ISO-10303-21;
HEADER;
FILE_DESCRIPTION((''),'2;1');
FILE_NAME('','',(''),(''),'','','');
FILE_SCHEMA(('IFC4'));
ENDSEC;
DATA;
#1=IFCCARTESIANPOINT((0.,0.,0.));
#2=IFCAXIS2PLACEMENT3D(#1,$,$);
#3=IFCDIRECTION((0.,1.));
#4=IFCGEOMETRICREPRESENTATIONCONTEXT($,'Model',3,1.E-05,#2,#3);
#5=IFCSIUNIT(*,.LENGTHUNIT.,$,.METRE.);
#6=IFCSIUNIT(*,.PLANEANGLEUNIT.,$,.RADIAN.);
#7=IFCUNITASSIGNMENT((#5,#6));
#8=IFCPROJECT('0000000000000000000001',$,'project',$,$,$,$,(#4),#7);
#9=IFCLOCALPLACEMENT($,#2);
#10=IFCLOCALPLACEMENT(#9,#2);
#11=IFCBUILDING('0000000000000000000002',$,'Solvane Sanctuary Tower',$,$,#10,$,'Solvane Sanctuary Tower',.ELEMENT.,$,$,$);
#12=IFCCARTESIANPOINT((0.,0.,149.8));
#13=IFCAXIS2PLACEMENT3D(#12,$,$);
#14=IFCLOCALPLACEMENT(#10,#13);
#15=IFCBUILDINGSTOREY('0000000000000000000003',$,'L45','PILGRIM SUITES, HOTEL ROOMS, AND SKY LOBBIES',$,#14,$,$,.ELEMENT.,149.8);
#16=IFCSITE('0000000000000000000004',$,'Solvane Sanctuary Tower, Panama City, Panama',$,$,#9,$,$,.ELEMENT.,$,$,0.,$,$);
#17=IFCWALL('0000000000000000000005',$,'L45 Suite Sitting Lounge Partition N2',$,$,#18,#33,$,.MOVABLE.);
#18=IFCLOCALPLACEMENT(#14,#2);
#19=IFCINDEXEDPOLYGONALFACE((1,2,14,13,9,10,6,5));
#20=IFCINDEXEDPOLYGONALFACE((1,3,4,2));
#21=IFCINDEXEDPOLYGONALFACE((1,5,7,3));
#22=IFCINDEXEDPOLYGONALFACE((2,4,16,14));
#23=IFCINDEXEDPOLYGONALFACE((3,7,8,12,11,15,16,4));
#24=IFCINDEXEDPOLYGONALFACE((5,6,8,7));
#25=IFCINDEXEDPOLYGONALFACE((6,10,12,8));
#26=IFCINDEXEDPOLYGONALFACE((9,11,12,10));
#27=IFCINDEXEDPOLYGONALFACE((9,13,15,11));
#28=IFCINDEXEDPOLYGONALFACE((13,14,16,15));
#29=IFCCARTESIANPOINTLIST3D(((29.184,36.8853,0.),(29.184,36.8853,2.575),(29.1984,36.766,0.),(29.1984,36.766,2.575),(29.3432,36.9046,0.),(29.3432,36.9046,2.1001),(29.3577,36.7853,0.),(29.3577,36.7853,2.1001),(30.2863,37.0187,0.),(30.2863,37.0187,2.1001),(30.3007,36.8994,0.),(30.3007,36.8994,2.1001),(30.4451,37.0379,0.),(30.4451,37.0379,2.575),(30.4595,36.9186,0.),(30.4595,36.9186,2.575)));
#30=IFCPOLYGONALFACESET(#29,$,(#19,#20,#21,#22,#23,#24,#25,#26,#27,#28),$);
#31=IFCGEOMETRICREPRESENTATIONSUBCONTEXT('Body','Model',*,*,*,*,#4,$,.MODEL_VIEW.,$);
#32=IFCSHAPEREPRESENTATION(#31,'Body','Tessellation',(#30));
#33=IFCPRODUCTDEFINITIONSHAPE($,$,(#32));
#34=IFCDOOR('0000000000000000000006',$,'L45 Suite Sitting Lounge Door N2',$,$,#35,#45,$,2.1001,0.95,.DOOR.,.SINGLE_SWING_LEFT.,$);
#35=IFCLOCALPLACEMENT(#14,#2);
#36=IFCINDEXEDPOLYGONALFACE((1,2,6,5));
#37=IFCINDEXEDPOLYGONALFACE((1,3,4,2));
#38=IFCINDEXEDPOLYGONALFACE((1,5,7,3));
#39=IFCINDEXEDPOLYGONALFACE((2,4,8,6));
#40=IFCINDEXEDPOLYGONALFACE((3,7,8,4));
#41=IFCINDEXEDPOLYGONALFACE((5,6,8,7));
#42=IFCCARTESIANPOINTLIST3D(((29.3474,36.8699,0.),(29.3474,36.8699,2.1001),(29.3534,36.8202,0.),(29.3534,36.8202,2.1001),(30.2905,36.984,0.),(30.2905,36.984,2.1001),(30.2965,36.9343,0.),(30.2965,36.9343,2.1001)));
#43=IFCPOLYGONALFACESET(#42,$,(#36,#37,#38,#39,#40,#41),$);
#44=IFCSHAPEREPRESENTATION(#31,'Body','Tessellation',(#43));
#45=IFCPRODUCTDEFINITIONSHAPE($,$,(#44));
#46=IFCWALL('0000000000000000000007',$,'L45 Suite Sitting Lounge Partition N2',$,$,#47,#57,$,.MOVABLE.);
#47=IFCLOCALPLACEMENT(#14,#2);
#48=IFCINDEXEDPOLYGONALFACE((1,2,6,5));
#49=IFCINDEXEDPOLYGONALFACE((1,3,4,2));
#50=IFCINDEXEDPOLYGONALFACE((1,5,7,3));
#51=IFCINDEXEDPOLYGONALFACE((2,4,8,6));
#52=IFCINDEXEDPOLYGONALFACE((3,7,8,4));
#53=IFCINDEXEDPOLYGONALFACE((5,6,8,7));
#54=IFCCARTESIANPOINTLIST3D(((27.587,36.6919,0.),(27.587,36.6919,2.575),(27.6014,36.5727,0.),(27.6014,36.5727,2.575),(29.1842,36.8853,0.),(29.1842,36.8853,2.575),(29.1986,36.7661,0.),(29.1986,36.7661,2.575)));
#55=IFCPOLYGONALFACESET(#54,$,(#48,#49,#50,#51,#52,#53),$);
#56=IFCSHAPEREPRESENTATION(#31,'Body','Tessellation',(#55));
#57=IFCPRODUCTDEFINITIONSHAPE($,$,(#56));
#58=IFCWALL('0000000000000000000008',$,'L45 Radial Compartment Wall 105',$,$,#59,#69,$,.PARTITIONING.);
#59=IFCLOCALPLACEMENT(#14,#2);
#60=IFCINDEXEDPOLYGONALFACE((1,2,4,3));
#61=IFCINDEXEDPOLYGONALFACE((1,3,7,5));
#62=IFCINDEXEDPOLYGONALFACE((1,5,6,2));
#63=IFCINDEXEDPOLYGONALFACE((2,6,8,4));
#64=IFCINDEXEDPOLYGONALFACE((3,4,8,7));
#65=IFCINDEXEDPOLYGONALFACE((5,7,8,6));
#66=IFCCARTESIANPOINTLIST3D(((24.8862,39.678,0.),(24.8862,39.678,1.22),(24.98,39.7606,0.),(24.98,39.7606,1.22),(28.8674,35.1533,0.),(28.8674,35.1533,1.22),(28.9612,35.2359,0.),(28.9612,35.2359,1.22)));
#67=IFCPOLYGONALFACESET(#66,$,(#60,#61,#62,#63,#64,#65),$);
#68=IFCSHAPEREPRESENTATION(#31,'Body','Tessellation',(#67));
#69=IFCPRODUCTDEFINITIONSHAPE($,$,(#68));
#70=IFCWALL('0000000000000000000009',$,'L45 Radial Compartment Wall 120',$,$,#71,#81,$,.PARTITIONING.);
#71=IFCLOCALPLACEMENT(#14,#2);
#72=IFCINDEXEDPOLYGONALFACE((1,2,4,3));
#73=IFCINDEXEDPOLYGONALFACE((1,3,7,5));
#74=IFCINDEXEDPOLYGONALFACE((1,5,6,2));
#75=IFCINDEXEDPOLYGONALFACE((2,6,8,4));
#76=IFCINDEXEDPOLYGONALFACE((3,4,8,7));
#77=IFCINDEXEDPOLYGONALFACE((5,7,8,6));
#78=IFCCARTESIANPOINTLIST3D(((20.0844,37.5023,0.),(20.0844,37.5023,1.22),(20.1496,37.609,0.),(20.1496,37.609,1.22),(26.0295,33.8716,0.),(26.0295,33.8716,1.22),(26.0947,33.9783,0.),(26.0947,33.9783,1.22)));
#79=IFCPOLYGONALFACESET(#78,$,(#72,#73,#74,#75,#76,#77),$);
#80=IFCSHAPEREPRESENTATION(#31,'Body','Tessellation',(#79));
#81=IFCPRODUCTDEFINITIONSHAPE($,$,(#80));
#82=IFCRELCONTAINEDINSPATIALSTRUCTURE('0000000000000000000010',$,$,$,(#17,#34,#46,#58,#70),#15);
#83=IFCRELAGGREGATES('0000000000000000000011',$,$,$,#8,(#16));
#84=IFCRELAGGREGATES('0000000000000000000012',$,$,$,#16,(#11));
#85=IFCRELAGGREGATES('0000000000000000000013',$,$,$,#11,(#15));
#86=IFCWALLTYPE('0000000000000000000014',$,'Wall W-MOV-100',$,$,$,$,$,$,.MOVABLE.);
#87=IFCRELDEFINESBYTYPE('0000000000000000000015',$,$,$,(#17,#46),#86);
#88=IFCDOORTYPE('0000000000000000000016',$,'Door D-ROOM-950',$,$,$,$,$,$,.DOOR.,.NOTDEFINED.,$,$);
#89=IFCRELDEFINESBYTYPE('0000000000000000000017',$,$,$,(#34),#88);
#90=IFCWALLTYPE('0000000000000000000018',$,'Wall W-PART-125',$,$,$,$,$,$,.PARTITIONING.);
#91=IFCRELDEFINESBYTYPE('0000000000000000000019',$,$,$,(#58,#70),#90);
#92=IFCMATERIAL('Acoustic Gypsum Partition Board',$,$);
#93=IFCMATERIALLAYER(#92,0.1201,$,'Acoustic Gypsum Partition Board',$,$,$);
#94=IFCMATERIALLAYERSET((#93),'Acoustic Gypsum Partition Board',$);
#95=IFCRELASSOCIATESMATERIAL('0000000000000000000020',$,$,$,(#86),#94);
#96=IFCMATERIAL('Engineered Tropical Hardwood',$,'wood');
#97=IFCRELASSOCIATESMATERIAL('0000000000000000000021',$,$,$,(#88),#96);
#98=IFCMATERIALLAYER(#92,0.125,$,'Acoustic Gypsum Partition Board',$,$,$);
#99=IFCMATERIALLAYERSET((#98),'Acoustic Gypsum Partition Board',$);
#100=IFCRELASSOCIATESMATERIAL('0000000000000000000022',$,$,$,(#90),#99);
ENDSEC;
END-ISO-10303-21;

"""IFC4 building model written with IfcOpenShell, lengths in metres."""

from ifc_helpers import new_model, si_unit, direction, frame, frame_2d, origin, place, context, subcontext, project, spatial, rectangle, extrude, material, layer, layer_set, type_object, element, fill, save


model = new_model("IFC4")

# Units and contexts
model_context = context("Model", 3, precision=1e-05, world=origin(), true_north=direction((0.0, 1.0)))
body_context = subcontext(model_context, "Body", "Model", "MODEL_VIEW")
ifc_project = project(units=[si_unit("LENGTHUNIT", "METRE"), si_unit("PLANEANGLEUNIT", "RADIAN")], contexts=[model_context])

# Site, building, storey
site_placement = place(None, origin())
site = spatial("IfcSite", under=ifc_project, at=site_placement, Name="Solvane Sanctuary Tower, Panama City, Panama", CompositionType="ELEMENT", RefElevation=0.0)
building_placement = place(site_placement, origin())
building = spatial("IfcBuilding", under=site, at=building_placement, Name="Solvane Sanctuary Tower", LongName="Solvane Sanctuary Tower", CompositionType="ELEMENT")
storey_placement = place(building_placement, frame((0.0, 0.0, 149.8)))
storey = spatial("IfcBuildingStorey", under=building, at=storey_placement, Name="L45", Description="PILGRIM SUITES, HOTEL ROOMS, AND SKY LOBBIES", CompositionType="ELEMENT", Elevation=149.8)

# Shared definitions
ifc_material_1 = material(Name="Acoustic Gypsum Partition Board")

# Shared definitions
ifc_material_2 = material(Name="Engineered Tropical Hardwood", Category="wood")

# Wall, opening, door
ifc_layer_1 = layer(ifc_material_1, 0.1201, Name="Acoustic Gypsum Partition Board")
ifc_layer_set_1 = layer_set([ifc_layer_1], Name="Acoustic Gypsum Partition Board")
wall_type_1 = type_object("IfcWallType", Name="Wall W-MOV-100", PredefinedType="MOVABLE", material=ifc_layer_set_1)
wall_1_placement = place(storey_placement, frame((30.4524, 36.9783, 0.0), z_axis=(0.0, 0.0, 1.0), x_axis=(-0.992758, -0.12013, 0.0)))
wall_1 = element("IfcWall", 1, at=wall_1_placement, inside=storey, type_object=wall_type_1, Name="L45 Suite Sitting Lounge Partition N2", PredefinedType="MOVABLE", context=body_context, shape_type="SweptSolid", body=[
    extrude(rectangle(XDim=1.2703, YDim=0.1201, at=frame_2d((0.6353, 0.0))), origin(), (0.0, 0.0, 1.0), 2.575),
])
opening_1_placement = place(wall_1_placement, frame((0.1599, 0.0, 0.0)))
opening_1 = element("IfcOpeningElement", 2, at=opening_1_placement, cuts=wall_1, PredefinedType="OPENING", context=body_context, shape_type="SweptSolid", body=[
    extrude(rectangle(XDim=0.95, YDim=2.1001, at=frame_2d((0.4751, 1.05))), frame((0.0, 0.0701, 0.0), z_axis=(0.0, -1.0, 0.0), x_axis=(1.0, 0.0, 0.0)), (0.0, 0.0, 1.0), 0.1401),
])
door_type_1 = type_object("IfcDoorType", Name="Door D-ROOM-950", OperationType="NOTDEFINED", PredefinedType="DOOR", material=ifc_material_2)
door_1_placement = place(opening_1_placement, origin())
door_1 = element("IfcDoor", 3, at=door_1_placement, inside=storey, type_object=door_type_1, Name="L45 Suite Sitting Lounge Door N2", OperationType="SINGLE_SWING_LEFT", OverallHeight=2.1001, OverallWidth=0.95, PredefinedType="DOOR", context=body_context, shape_type="SweptSolid", body=[
    extrude(rectangle(XDim=0.95, YDim=2.1001, at=frame_2d((0.4751, 1.05))), frame((0.0, 0.0249, 0.0), z_axis=(0.0, -1.0, 0.0), x_axis=(1.0, 0.0, 0.0)), (0.0, 0.0, 1.0), 0.05),
])
fill(opening_1, door_1)

# Walls
wall_2_placement = place(storey_placement, frame((29.1914, 36.8257, 0.0), z_axis=(0.0, 0.0, 1.0), x_axis=(-0.992751, -0.120186, 0.0)))
element("IfcWall", 4, at=wall_2_placement, inside=storey, type_object=wall_type_1, Name="L45 Suite Sitting Lounge Partition N2", PredefinedType="MOVABLE", context=body_context, shape_type="SweptSolid", body=[
    extrude(rectangle(XDim=1.6089, YDim=0.1201, at=frame_2d((0.8044, 0.0))), origin(), (0.0, 0.0, 1.0), 2.575),
])
ifc_layer_2 = layer(ifc_material_1, 0.125, Name="Acoustic Gypsum Partition Board")
ifc_layer_set_2 = layer_set([ifc_layer_2], Name="Acoustic Gypsum Partition Board")
wall_type_2 = type_object("IfcWallType", Name="Wall W-PART-125", PredefinedType="PARTITIONING", material=ifc_layer_set_2)
wall_3_placement = place(storey_placement, frame((28.9143, 35.1946, 0.0), z_axis=(0.0, 0.0, 1.0), x_axis=(-0.660581, 0.750754, 0.0)))
element("IfcWall", 5, at=wall_3_placement, inside=storey, type_object=wall_type_2, Name="L45 Radial Compartment Wall 105", PredefinedType="PARTITIONING", context=body_context, shape_type="SweptSolid", body=[
    extrude(rectangle(XDim=6.0269, YDim=0.125, at=frame_2d((3.0134, 0.0))), origin(), (0.0, 0.0, 1.0), 1.22),
])
wall_4_placement = place(storey_placement, frame((26.062, 33.925, 0.0), z_axis=(0.0, 0.0, 1.0), x_axis=(-0.85344, 0.521191, 0.0)))
element("IfcWall", 6, at=wall_4_placement, inside=storey, type_object=wall_type_2, Name="L45 Radial Compartment Wall 120", PredefinedType="PARTITIONING", context=body_context, shape_type="SweptSolid", body=[
    extrude(rectangle(XDim=6.9661, YDim=0.125, at=frame_2d((3.4829, 0.0))), origin(), (0.0, 0.0, 1.0), 1.22),
])

save(model, "model.ifc")
